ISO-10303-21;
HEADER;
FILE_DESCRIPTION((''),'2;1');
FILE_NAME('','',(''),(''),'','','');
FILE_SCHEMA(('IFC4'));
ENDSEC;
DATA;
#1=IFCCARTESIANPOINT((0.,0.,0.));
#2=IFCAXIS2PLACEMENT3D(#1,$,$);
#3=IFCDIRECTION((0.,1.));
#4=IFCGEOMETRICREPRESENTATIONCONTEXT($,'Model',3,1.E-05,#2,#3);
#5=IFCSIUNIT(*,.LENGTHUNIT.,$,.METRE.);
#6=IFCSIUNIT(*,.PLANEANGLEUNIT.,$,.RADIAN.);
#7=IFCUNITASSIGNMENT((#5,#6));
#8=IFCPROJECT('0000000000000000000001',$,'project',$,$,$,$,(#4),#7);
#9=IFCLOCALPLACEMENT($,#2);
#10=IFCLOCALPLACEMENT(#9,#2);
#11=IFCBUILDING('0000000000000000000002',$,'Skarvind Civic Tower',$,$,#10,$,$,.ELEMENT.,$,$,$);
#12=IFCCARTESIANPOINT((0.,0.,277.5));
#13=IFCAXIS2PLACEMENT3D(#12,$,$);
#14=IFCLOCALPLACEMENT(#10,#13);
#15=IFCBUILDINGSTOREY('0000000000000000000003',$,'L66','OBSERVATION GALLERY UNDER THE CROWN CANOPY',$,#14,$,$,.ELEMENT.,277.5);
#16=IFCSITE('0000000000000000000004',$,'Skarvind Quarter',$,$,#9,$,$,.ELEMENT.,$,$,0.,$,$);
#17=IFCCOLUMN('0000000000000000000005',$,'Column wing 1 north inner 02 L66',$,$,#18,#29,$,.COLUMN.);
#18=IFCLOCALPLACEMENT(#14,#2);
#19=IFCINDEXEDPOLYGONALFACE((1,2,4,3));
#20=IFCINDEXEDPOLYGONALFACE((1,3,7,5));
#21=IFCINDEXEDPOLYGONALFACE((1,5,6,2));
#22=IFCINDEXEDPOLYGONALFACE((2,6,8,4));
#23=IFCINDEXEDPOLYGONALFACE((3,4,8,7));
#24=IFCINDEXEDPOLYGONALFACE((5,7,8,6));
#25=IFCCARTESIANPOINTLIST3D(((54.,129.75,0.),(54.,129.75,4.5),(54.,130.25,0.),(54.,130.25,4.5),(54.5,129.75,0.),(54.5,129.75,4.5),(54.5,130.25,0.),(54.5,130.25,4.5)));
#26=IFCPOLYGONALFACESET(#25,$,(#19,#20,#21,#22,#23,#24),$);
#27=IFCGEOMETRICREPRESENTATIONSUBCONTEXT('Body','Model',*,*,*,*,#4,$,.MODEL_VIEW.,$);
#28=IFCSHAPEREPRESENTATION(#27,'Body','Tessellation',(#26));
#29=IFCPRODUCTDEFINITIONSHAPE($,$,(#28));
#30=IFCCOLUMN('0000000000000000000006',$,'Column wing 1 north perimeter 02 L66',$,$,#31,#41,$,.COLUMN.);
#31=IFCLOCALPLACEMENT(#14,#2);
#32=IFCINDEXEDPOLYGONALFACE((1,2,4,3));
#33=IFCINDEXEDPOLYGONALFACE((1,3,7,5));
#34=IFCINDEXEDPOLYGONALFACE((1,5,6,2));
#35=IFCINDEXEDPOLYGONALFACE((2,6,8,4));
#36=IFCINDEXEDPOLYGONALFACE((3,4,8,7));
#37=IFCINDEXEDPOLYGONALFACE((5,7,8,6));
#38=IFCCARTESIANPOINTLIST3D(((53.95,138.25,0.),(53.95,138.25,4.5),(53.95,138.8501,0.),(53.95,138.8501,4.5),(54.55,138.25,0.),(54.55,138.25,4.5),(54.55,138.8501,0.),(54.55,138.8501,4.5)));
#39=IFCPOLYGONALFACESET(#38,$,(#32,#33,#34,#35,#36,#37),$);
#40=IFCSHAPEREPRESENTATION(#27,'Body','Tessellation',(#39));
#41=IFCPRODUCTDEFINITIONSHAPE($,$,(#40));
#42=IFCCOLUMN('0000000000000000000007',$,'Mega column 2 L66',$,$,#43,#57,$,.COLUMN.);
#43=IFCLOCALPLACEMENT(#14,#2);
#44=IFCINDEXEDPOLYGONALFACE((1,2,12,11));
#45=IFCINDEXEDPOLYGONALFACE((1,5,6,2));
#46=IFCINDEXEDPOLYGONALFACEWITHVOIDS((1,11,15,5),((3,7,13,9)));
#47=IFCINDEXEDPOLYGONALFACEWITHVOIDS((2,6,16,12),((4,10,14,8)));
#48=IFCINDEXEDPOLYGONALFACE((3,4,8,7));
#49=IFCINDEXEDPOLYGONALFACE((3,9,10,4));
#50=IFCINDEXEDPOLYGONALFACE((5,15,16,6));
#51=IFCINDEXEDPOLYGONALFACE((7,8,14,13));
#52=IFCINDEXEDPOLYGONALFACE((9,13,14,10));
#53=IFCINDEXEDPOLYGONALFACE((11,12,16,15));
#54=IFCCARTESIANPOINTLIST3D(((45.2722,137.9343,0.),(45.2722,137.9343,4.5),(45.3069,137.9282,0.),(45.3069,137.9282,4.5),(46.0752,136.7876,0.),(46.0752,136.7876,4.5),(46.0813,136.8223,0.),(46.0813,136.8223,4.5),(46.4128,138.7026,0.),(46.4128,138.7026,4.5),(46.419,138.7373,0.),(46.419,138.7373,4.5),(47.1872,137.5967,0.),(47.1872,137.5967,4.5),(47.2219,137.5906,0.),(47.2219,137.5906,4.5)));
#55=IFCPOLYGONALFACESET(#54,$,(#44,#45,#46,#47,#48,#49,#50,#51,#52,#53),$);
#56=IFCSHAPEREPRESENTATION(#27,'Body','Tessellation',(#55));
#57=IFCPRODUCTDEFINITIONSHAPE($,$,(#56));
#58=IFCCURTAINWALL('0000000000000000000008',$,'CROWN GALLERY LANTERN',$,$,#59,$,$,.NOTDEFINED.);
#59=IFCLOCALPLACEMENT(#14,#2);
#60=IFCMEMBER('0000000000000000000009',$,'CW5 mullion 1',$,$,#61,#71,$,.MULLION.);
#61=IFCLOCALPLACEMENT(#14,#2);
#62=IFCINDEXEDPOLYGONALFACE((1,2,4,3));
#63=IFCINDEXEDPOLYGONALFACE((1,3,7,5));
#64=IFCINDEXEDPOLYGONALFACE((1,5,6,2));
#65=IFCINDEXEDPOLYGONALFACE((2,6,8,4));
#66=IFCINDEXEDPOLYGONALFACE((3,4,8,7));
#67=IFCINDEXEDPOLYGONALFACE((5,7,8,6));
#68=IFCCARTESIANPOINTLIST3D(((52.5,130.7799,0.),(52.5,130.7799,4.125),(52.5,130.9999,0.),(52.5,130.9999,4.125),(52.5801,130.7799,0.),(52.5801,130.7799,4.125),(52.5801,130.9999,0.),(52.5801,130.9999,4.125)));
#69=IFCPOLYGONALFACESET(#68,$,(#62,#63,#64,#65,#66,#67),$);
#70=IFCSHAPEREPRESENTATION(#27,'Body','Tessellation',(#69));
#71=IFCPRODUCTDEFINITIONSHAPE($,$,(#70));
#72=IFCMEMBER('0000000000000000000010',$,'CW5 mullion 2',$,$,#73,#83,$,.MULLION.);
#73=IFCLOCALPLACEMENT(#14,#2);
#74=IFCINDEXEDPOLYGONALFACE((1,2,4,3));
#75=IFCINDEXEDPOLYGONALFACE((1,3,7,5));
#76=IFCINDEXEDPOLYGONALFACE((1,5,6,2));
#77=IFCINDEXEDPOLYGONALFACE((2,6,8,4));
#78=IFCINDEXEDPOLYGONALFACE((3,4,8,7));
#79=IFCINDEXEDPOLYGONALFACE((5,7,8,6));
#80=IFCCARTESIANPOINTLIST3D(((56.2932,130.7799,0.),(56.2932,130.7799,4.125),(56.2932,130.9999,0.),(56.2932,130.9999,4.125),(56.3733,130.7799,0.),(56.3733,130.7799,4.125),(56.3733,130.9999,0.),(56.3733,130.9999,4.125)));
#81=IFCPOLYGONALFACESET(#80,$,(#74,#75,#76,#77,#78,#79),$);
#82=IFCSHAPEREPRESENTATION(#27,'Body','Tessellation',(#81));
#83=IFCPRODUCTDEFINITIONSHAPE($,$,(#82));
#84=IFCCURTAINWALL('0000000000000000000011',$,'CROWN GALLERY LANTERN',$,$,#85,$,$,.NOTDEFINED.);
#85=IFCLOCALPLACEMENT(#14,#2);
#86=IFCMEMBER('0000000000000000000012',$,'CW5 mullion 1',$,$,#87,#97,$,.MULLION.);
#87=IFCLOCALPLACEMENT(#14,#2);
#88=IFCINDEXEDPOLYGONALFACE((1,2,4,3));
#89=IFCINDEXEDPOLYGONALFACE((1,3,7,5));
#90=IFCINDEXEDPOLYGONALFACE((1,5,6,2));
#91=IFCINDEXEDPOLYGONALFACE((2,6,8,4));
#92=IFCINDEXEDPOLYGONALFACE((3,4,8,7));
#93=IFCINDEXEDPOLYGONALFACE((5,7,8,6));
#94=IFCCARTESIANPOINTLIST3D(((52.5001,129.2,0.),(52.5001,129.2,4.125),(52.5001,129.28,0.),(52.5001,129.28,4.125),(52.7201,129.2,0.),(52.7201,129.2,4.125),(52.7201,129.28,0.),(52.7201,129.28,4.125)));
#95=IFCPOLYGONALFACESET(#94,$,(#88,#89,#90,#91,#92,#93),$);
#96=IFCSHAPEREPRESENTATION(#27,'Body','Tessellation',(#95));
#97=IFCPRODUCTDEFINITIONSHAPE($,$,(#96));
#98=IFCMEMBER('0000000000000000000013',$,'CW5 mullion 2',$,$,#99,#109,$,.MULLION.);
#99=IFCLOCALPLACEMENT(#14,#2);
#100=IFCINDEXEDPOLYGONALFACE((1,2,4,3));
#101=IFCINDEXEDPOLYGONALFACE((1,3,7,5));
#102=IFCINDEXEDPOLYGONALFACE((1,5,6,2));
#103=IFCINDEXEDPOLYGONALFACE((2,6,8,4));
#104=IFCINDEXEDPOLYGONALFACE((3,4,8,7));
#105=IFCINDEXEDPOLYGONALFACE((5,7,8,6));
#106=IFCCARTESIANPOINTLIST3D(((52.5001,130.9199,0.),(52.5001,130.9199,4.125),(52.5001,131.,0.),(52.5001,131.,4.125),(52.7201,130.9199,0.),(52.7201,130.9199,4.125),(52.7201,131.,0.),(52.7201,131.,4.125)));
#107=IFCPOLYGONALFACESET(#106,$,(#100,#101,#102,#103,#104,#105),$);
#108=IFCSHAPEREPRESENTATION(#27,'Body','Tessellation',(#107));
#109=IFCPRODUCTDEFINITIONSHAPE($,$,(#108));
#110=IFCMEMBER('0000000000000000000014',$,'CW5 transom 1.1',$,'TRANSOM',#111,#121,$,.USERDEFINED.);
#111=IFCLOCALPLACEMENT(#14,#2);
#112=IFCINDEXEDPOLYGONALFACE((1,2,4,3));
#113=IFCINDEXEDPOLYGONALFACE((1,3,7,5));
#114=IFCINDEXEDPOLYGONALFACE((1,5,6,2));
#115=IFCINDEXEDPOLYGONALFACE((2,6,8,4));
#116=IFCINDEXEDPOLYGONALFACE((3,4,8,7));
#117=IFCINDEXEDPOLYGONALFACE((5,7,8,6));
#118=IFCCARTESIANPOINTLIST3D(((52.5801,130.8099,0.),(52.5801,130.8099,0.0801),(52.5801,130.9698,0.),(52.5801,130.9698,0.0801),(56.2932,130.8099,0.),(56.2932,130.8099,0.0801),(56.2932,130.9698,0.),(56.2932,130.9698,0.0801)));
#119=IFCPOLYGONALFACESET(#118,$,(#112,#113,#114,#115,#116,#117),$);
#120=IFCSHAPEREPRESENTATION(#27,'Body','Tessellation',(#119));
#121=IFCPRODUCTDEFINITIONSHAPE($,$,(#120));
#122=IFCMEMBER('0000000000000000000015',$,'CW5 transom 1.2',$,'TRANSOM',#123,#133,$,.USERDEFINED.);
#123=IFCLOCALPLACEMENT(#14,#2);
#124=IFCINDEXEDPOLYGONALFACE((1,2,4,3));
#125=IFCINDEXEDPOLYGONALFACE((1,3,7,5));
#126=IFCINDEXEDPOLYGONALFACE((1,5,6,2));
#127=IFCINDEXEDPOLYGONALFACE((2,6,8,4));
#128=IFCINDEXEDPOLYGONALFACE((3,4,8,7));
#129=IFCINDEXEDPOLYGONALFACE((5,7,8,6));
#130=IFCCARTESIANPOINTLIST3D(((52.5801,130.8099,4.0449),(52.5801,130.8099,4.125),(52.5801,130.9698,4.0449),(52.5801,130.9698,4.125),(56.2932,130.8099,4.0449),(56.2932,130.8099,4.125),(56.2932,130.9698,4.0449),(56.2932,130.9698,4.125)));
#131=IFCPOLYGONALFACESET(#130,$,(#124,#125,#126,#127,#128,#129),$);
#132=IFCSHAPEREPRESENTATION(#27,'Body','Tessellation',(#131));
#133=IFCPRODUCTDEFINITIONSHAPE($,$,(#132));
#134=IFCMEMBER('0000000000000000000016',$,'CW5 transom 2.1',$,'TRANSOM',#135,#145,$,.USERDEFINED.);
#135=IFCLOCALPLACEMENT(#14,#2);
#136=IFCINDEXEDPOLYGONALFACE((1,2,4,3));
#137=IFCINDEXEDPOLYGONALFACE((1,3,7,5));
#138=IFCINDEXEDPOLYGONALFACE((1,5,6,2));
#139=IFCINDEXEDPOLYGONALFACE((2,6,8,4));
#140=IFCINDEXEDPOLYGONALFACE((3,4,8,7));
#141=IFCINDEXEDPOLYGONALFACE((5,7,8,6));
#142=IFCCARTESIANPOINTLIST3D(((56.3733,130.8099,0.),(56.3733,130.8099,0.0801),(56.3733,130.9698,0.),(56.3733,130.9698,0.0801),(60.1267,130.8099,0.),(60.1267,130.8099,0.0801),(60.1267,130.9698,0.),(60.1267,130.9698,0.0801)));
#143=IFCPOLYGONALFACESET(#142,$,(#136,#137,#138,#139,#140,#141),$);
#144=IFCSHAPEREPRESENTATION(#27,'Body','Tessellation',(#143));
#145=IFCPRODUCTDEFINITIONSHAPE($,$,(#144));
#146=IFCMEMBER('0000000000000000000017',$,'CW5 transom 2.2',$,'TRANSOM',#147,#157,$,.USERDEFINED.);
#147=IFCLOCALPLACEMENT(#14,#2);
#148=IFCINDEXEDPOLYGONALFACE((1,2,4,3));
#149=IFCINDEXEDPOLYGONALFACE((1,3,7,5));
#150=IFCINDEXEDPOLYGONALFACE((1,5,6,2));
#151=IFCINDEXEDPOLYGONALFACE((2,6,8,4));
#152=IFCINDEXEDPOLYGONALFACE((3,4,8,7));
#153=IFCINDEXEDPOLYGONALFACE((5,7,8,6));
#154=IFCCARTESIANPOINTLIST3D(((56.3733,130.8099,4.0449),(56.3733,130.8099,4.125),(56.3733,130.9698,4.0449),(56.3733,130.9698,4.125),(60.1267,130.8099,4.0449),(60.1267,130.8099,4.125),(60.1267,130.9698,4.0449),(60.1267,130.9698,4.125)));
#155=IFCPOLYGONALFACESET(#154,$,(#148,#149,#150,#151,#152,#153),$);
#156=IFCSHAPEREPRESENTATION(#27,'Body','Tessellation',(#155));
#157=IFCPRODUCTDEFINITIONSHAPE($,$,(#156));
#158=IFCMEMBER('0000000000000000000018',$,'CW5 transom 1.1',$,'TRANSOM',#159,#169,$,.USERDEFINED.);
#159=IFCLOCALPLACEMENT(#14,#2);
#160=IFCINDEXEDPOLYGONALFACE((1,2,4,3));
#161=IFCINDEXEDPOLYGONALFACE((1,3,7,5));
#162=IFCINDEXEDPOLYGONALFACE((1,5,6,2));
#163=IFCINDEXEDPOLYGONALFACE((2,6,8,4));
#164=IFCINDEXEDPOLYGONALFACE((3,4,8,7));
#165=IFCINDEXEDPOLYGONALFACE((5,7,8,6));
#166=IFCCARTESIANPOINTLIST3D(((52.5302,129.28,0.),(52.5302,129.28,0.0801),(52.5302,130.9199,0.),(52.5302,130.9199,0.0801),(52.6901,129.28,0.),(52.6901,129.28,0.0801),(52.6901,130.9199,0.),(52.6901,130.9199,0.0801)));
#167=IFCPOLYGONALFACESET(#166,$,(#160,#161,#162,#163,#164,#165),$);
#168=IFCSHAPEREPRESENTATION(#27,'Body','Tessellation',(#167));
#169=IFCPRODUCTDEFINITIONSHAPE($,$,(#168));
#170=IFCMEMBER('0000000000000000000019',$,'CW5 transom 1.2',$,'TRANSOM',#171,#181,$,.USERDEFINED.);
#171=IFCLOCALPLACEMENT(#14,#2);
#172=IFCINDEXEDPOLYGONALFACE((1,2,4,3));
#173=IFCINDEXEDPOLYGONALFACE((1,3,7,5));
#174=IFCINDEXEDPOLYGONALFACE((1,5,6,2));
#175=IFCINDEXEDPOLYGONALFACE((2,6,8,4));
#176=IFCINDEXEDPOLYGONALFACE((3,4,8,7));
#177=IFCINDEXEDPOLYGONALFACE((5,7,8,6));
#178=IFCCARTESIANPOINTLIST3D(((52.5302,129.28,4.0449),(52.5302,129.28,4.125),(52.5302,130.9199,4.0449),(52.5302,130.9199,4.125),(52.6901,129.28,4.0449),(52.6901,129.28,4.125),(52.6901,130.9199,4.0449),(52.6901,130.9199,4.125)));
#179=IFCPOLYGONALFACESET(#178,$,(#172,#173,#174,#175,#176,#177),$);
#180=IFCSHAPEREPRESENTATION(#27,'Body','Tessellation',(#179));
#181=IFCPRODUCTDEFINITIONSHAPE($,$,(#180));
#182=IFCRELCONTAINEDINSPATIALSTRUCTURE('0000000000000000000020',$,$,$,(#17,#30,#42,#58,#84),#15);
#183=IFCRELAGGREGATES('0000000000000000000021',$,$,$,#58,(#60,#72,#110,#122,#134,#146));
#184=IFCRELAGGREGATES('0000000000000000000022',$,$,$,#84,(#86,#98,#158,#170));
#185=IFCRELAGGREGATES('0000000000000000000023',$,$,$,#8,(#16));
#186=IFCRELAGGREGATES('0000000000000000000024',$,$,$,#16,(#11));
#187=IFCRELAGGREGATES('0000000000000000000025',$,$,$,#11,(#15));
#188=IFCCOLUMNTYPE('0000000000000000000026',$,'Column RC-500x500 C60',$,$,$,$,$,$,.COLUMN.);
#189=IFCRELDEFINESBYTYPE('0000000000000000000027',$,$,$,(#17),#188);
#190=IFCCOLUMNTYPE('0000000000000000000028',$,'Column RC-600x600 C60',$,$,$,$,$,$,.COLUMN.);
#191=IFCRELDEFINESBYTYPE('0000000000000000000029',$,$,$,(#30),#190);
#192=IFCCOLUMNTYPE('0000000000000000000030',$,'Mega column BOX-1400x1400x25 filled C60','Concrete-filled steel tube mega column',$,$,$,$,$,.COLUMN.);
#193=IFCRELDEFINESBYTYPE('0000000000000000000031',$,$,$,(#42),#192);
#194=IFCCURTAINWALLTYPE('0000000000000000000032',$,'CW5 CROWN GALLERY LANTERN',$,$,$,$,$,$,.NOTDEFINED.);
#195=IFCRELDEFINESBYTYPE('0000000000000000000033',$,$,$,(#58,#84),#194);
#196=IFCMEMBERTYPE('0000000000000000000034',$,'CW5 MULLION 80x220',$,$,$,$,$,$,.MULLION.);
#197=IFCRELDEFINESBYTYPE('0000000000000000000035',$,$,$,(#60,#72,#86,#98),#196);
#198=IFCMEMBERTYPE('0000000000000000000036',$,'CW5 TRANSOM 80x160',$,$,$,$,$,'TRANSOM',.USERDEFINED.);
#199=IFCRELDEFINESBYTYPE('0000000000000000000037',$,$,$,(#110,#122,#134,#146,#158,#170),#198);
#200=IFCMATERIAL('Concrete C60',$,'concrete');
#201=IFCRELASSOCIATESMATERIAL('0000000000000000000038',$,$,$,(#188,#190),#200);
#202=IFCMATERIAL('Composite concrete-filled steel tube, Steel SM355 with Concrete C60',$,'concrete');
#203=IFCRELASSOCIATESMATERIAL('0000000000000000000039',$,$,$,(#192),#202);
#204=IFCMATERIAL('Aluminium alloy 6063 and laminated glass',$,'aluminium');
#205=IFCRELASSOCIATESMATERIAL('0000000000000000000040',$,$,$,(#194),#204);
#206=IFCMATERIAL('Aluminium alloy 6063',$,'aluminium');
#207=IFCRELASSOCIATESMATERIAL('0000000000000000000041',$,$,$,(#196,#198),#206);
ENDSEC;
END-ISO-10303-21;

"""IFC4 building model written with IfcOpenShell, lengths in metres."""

from ifc_helpers import new_model, si_unit, direction, frame, origin, origin_2d, place, context, subcontext, project, spatial, rectangle, hollow_rectangle, extrude, material, material_profile, profile_set, type_object, element, aggregate, save


model = new_model("IFC4")

# Units and contexts
model_context = context("Model", 3, precision=1e-05, world=origin(), true_north=direction((0.0, 1.0)))
body_context = subcontext(model_context, "Body", "Model", "MODEL_VIEW")
ifc_project = project(units=[si_unit("LENGTHUNIT", "METRE"), si_unit("PLANEANGLEUNIT", "RADIAN")], contexts=[model_context])

# Site, building, storey
site_placement = place(None, origin())
site = spatial("IfcSite", under=ifc_project, at=site_placement, Name="Skarvind Quarter", CompositionType="ELEMENT", RefElevation=0.0)
building_placement = place(site_placement, origin())
building = spatial("IfcBuilding", under=site, at=building_placement, Name="Skarvind Civic Tower", CompositionType="ELEMENT")
storey_placement = place(building_placement, frame((0.0, 0.0, 277.5)))
storey = spatial("IfcBuildingStorey", under=building, at=storey_placement, Name="L66", Description="OBSERVATION GALLERY UNDER THE CROWN CANOPY", CompositionType="ELEMENT", Elevation=277.5)

# Columns
ifc_material_1 = material(Name="Concrete C60", Category="concrete")
ifc_material_profile_1 = material_profile(ifc_material_1, rectangle(XDim=0.5, YDim=0.5, at=origin_2d()), Name="RC-500x500")
ifc_profile_set_1 = profile_set([ifc_material_profile_1], Name="Concrete C60")
column_type_1 = type_object("IfcColumnType", Name="Column RC-500x500 C60", PredefinedType="COLUMN", material=ifc_profile_set_1)
column_1_placement = place(storey_placement, frame((54.25, 130.0, 0.0), z_axis=(0.0, 0.0, 1.0), x_axis=(1.0, 0.0, 0.0)))
element("IfcColumn", 1, at=column_1_placement, inside=storey, type_object=column_type_1, Name="Column wing 1 north inner 02 L66", PredefinedType="COLUMN", context=body_context, shape_type="SweptSolid", body=[
    extrude(rectangle(XDim=0.5, YDim=0.5, at=origin_2d()), origin(), (0.0, 0.0, 1.0), 4.5),
])
ifc_material_profile_2 = material_profile(ifc_material_1, rectangle(XDim=0.6001, YDim=0.6001, at=origin_2d()), Name="RC-600x600")
ifc_profile_set_2 = profile_set([ifc_material_profile_2], Name="Concrete C60")
column_type_2 = type_object("IfcColumnType", Name="Column RC-600x600 C60", PredefinedType="COLUMN", material=ifc_profile_set_2)
column_2_placement = place(storey_placement, frame((54.25, 138.55, 0.0), z_axis=(0.0, 0.0, 1.0), x_axis=(1.0, 0.0, 0.0)))
element("IfcColumn", 2, at=column_2_placement, inside=storey, type_object=column_type_2, Name="Column wing 1 north perimeter 02 L66", PredefinedType="COLUMN", context=body_context, shape_type="SweptSolid", body=[
    extrude(rectangle(XDim=0.6001, YDim=0.6001, at=origin_2d()), origin(), (0.0, 0.0, 1.0), 4.5),
])
ifc_material_2 = material(Name="Composite concrete-filled steel tube, Steel SM355 with Concrete C60", Category="concrete")
ifc_material_profile_3 = material_profile(ifc_material_2, hollow_rectangle(XDim=1.3999, YDim=1.3999, WallThickness=0.0249, at=origin_2d()), Name="BOX-1400x1400x25")
ifc_profile_set_3 = profile_set([ifc_material_profile_3], Name="Composite concrete-filled steel tube, Steel SM355 with Concrete C60")
column_type_3 = type_object("IfcColumnType", Name="Mega column BOX-1400x1400x25 filled C60", Description="Concrete-filled steel tube mega column", PredefinedType="COLUMN", material=ifc_profile_set_3)
column_3_placement = place(storey_placement, frame((46.2471, 137.7625, 0.0), z_axis=(0.0, 0.0, 1.0), x_axis=(0.573576, -0.819152, 0.0)))
element("IfcColumn", 3, at=column_3_placement, inside=storey, type_object=column_type_3, Name="Mega column 2 L66", PredefinedType="COLUMN", context=body_context, shape_type="SweptSolid", body=[
    extrude(hollow_rectangle(XDim=1.3999, YDim=1.3999, WallThickness=0.0249, at=origin_2d()), origin(), (0.0, 0.0, 1.0), 4.5),
])

# Curtain walls, members
ifc_material_3 = material(Name="Aluminium alloy 6063 and laminated glass", Category="aluminium")
curtain_wall_type = type_object("IfcCurtainWallType", Name="CW5 CROWN GALLERY LANTERN", PredefinedType="NOTDEFINED", material=ifc_material_3)
curtain_wall_1_placement = place(storey_placement, origin())
curtain_wall_1 = element("IfcCurtainWall", 4, at=curtain_wall_1_placement, inside=storey, type_object=curtain_wall_type, Name="CROWN GALLERY LANTERN", PredefinedType="NOTDEFINED")
ifc_material_4 = material(Name="Aluminium alloy 6063", Category="aluminium")
ifc_material_profile_4 = material_profile(ifc_material_4, rectangle(XDim=0.22, YDim=0.0801, at=origin_2d()), Name="AL 80x220")
ifc_profile_set_4 = profile_set([ifc_material_profile_4], Name="Aluminium alloy 6063")
member_type_1 = type_object("IfcMemberType", Name="CW5 MULLION 80x220", PredefinedType="MULLION", material=ifc_profile_set_4)
member_1_placement = place(storey_placement, frame((52.54, 130.8899, 0.0), z_axis=(0.0, 0.0, 1.0), x_axis=(0.0, 1.0, 0.0)))
member_1 = element("IfcMember", 5, at=member_1_placement, type_object=member_type_1, Name="CW5 mullion 1", PredefinedType="MULLION", context=body_context, shape_type="SweptSolid", body=[
    extrude(rectangle(XDim=0.22, YDim=0.0801, at=origin_2d()), origin(), (0.0, 0.0, 1.0), 4.125),
])
member_2_placement = place(storey_placement, frame((56.3333, 130.8899, 0.0), z_axis=(0.0, 0.0, 1.0), x_axis=(0.0, 1.0, 0.0)))
member_2 = element("IfcMember", 6, at=member_2_placement, type_object=member_type_1, Name="CW5 mullion 2", PredefinedType="MULLION", context=body_context, shape_type="SweptSolid", body=[
    extrude(rectangle(XDim=0.22, YDim=0.0801, at=origin_2d()), origin(), (0.0, 0.0, 1.0), 4.125),
])
curtain_wall_2_placement = place(storey_placement, origin())
curtain_wall_2 = element("IfcCurtainWall", 7, at=curtain_wall_2_placement, inside=storey, type_object=curtain_wall_type, Name="CROWN GALLERY LANTERN", PredefinedType="NOTDEFINED")
member_3_placement = place(storey_placement, frame((52.6101, 129.24, 0.0), z_axis=(0.0, 0.0, 1.0), x_axis=(-1.0, 0.0, 0.0)))
member_3 = element("IfcMember", 8, at=member_3_placement, type_object=member_type_1, Name="CW5 mullion 1", PredefinedType="MULLION", context=body_context, shape_type="SweptSolid", body=[
    extrude(rectangle(XDim=0.22, YDim=0.0801, at=origin_2d()), origin(), (0.0, 0.0, 1.0), 4.125),
])
member_4_placement = place(storey_placement, frame((52.6101, 130.96, 0.0), z_axis=(0.0, 0.0, 1.0), x_axis=(-1.0, 0.0, 0.0)))
member_4 = element("IfcMember", 9, at=member_4_placement, type_object=member_type_1, Name="CW5 mullion 2", PredefinedType="MULLION", context=body_context, shape_type="SweptSolid", body=[
    extrude(rectangle(XDim=0.22, YDim=0.0801, at=origin_2d()), origin(), (0.0, 0.0, 1.0), 4.125),
])

# Members
ifc_material_profile_5 = material_profile(ifc_material_4, rectangle(XDim=0.1599, YDim=0.0801, at=origin_2d()), Name="AL 80x160")
ifc_profile_set_5 = profile_set([ifc_material_profile_5], Name="Aluminium alloy 6063")
member_type_2 = type_object("IfcMemberType", Name="CW5 TRANSOM 80x160", ElementType="TRANSOM", PredefinedType="USERDEFINED", material=ifc_profile_set_5)
member_5_placement = place(storey_placement, frame((52.5801, 130.8899, 0.04), z_axis=(1.0, 0.0, 0.0), x_axis=(0.0, 1.0, 0.0)))
member_5 = element("IfcMember", 10, at=member_5_placement, type_object=member_type_2, Name="CW5 transom 1.1", ObjectType="TRANSOM", PredefinedType="USERDEFINED", context=body_context, shape_type="SweptSolid", body=[
    extrude(rectangle(XDim=0.1599, YDim=0.0801, at=origin_2d()), origin(), (0.0, 0.0, 1.0), 3.7131),
])
member_6_placement = place(storey_placement, frame((52.5801, 130.8899, 4.085), z_axis=(1.0, 0.0, 0.0), x_axis=(0.0, 1.0, 0.0)))
member_6 = element("IfcMember", 11, at=member_6_placement, type_object=member_type_2, Name="CW5 transom 1.2", ObjectType="TRANSOM", PredefinedType="USERDEFINED", context=body_context, shape_type="SweptSolid", body=[
    extrude(rectangle(XDim=0.1599, YDim=0.0801, at=origin_2d()), origin(), (0.0, 0.0, 1.0), 3.7131),
])
member_7_placement = place(storey_placement, frame((56.3733, 130.8899, 0.04), z_axis=(1.0, 0.0, 0.0), x_axis=(0.0, 1.0, 0.0)))
member_7 = element("IfcMember", 12, at=member_7_placement, type_object=member_type_2, Name="CW5 transom 2.1", ObjectType="TRANSOM", PredefinedType="USERDEFINED", context=body_context, shape_type="SweptSolid", body=[
    extrude(rectangle(XDim=0.1599, YDim=0.0801, at=origin_2d()), origin(), (0.0, 0.0, 1.0), 3.7534),
])
member_8_placement = place(storey_placement, frame((56.3733, 130.8899, 4.085), z_axis=(1.0, 0.0, 0.0), x_axis=(0.0, 1.0, 0.0)))
member_8 = element("IfcMember", 13, at=member_8_placement, type_object=member_type_2, Name="CW5 transom 2.2", ObjectType="TRANSOM", PredefinedType="USERDEFINED", context=body_context, shape_type="SweptSolid", body=[
    extrude(rectangle(XDim=0.1599, YDim=0.0801, at=origin_2d()), origin(), (0.0, 0.0, 1.0), 3.7534),
])
member_9_placement = place(storey_placement, frame((52.6101, 129.28, 0.04), z_axis=(0.0, 1.0, 0.0), x_axis=(-1.0, 0.0, 0.0)))
member_9 = element("IfcMember", 14, at=member_9_placement, type_object=member_type_2, Name="CW5 transom 1.1", ObjectType="TRANSOM", PredefinedType="USERDEFINED", context=body_context, shape_type="SweptSolid", body=[
    extrude(rectangle(XDim=0.1599, YDim=0.0801, at=origin_2d()), origin(), (0.0, 0.0, 1.0), 1.6399),
])
member_10_placement = place(storey_placement, frame((52.6101, 129.28, 4.085), z_axis=(0.0, 1.0, 0.0), x_axis=(-1.0, 0.0, 0.0)))
member_10 = element("IfcMember", 15, at=member_10_placement, type_object=member_type_2, Name="CW5 transom 1.2", ObjectType="TRANSOM", PredefinedType="USERDEFINED", context=body_context, shape_type="SweptSolid", body=[
    extrude(rectangle(XDim=0.1599, YDim=0.0801, at=origin_2d()), origin(), (0.0, 0.0, 1.0), 1.6399),
])

aggregate(curtain_wall_1, [member_1, member_2, member_5, member_6, member_7, member_8])
aggregate(curtain_wall_2, [member_3, member_4, member_9, member_10])

save(model, "model.ifc")
